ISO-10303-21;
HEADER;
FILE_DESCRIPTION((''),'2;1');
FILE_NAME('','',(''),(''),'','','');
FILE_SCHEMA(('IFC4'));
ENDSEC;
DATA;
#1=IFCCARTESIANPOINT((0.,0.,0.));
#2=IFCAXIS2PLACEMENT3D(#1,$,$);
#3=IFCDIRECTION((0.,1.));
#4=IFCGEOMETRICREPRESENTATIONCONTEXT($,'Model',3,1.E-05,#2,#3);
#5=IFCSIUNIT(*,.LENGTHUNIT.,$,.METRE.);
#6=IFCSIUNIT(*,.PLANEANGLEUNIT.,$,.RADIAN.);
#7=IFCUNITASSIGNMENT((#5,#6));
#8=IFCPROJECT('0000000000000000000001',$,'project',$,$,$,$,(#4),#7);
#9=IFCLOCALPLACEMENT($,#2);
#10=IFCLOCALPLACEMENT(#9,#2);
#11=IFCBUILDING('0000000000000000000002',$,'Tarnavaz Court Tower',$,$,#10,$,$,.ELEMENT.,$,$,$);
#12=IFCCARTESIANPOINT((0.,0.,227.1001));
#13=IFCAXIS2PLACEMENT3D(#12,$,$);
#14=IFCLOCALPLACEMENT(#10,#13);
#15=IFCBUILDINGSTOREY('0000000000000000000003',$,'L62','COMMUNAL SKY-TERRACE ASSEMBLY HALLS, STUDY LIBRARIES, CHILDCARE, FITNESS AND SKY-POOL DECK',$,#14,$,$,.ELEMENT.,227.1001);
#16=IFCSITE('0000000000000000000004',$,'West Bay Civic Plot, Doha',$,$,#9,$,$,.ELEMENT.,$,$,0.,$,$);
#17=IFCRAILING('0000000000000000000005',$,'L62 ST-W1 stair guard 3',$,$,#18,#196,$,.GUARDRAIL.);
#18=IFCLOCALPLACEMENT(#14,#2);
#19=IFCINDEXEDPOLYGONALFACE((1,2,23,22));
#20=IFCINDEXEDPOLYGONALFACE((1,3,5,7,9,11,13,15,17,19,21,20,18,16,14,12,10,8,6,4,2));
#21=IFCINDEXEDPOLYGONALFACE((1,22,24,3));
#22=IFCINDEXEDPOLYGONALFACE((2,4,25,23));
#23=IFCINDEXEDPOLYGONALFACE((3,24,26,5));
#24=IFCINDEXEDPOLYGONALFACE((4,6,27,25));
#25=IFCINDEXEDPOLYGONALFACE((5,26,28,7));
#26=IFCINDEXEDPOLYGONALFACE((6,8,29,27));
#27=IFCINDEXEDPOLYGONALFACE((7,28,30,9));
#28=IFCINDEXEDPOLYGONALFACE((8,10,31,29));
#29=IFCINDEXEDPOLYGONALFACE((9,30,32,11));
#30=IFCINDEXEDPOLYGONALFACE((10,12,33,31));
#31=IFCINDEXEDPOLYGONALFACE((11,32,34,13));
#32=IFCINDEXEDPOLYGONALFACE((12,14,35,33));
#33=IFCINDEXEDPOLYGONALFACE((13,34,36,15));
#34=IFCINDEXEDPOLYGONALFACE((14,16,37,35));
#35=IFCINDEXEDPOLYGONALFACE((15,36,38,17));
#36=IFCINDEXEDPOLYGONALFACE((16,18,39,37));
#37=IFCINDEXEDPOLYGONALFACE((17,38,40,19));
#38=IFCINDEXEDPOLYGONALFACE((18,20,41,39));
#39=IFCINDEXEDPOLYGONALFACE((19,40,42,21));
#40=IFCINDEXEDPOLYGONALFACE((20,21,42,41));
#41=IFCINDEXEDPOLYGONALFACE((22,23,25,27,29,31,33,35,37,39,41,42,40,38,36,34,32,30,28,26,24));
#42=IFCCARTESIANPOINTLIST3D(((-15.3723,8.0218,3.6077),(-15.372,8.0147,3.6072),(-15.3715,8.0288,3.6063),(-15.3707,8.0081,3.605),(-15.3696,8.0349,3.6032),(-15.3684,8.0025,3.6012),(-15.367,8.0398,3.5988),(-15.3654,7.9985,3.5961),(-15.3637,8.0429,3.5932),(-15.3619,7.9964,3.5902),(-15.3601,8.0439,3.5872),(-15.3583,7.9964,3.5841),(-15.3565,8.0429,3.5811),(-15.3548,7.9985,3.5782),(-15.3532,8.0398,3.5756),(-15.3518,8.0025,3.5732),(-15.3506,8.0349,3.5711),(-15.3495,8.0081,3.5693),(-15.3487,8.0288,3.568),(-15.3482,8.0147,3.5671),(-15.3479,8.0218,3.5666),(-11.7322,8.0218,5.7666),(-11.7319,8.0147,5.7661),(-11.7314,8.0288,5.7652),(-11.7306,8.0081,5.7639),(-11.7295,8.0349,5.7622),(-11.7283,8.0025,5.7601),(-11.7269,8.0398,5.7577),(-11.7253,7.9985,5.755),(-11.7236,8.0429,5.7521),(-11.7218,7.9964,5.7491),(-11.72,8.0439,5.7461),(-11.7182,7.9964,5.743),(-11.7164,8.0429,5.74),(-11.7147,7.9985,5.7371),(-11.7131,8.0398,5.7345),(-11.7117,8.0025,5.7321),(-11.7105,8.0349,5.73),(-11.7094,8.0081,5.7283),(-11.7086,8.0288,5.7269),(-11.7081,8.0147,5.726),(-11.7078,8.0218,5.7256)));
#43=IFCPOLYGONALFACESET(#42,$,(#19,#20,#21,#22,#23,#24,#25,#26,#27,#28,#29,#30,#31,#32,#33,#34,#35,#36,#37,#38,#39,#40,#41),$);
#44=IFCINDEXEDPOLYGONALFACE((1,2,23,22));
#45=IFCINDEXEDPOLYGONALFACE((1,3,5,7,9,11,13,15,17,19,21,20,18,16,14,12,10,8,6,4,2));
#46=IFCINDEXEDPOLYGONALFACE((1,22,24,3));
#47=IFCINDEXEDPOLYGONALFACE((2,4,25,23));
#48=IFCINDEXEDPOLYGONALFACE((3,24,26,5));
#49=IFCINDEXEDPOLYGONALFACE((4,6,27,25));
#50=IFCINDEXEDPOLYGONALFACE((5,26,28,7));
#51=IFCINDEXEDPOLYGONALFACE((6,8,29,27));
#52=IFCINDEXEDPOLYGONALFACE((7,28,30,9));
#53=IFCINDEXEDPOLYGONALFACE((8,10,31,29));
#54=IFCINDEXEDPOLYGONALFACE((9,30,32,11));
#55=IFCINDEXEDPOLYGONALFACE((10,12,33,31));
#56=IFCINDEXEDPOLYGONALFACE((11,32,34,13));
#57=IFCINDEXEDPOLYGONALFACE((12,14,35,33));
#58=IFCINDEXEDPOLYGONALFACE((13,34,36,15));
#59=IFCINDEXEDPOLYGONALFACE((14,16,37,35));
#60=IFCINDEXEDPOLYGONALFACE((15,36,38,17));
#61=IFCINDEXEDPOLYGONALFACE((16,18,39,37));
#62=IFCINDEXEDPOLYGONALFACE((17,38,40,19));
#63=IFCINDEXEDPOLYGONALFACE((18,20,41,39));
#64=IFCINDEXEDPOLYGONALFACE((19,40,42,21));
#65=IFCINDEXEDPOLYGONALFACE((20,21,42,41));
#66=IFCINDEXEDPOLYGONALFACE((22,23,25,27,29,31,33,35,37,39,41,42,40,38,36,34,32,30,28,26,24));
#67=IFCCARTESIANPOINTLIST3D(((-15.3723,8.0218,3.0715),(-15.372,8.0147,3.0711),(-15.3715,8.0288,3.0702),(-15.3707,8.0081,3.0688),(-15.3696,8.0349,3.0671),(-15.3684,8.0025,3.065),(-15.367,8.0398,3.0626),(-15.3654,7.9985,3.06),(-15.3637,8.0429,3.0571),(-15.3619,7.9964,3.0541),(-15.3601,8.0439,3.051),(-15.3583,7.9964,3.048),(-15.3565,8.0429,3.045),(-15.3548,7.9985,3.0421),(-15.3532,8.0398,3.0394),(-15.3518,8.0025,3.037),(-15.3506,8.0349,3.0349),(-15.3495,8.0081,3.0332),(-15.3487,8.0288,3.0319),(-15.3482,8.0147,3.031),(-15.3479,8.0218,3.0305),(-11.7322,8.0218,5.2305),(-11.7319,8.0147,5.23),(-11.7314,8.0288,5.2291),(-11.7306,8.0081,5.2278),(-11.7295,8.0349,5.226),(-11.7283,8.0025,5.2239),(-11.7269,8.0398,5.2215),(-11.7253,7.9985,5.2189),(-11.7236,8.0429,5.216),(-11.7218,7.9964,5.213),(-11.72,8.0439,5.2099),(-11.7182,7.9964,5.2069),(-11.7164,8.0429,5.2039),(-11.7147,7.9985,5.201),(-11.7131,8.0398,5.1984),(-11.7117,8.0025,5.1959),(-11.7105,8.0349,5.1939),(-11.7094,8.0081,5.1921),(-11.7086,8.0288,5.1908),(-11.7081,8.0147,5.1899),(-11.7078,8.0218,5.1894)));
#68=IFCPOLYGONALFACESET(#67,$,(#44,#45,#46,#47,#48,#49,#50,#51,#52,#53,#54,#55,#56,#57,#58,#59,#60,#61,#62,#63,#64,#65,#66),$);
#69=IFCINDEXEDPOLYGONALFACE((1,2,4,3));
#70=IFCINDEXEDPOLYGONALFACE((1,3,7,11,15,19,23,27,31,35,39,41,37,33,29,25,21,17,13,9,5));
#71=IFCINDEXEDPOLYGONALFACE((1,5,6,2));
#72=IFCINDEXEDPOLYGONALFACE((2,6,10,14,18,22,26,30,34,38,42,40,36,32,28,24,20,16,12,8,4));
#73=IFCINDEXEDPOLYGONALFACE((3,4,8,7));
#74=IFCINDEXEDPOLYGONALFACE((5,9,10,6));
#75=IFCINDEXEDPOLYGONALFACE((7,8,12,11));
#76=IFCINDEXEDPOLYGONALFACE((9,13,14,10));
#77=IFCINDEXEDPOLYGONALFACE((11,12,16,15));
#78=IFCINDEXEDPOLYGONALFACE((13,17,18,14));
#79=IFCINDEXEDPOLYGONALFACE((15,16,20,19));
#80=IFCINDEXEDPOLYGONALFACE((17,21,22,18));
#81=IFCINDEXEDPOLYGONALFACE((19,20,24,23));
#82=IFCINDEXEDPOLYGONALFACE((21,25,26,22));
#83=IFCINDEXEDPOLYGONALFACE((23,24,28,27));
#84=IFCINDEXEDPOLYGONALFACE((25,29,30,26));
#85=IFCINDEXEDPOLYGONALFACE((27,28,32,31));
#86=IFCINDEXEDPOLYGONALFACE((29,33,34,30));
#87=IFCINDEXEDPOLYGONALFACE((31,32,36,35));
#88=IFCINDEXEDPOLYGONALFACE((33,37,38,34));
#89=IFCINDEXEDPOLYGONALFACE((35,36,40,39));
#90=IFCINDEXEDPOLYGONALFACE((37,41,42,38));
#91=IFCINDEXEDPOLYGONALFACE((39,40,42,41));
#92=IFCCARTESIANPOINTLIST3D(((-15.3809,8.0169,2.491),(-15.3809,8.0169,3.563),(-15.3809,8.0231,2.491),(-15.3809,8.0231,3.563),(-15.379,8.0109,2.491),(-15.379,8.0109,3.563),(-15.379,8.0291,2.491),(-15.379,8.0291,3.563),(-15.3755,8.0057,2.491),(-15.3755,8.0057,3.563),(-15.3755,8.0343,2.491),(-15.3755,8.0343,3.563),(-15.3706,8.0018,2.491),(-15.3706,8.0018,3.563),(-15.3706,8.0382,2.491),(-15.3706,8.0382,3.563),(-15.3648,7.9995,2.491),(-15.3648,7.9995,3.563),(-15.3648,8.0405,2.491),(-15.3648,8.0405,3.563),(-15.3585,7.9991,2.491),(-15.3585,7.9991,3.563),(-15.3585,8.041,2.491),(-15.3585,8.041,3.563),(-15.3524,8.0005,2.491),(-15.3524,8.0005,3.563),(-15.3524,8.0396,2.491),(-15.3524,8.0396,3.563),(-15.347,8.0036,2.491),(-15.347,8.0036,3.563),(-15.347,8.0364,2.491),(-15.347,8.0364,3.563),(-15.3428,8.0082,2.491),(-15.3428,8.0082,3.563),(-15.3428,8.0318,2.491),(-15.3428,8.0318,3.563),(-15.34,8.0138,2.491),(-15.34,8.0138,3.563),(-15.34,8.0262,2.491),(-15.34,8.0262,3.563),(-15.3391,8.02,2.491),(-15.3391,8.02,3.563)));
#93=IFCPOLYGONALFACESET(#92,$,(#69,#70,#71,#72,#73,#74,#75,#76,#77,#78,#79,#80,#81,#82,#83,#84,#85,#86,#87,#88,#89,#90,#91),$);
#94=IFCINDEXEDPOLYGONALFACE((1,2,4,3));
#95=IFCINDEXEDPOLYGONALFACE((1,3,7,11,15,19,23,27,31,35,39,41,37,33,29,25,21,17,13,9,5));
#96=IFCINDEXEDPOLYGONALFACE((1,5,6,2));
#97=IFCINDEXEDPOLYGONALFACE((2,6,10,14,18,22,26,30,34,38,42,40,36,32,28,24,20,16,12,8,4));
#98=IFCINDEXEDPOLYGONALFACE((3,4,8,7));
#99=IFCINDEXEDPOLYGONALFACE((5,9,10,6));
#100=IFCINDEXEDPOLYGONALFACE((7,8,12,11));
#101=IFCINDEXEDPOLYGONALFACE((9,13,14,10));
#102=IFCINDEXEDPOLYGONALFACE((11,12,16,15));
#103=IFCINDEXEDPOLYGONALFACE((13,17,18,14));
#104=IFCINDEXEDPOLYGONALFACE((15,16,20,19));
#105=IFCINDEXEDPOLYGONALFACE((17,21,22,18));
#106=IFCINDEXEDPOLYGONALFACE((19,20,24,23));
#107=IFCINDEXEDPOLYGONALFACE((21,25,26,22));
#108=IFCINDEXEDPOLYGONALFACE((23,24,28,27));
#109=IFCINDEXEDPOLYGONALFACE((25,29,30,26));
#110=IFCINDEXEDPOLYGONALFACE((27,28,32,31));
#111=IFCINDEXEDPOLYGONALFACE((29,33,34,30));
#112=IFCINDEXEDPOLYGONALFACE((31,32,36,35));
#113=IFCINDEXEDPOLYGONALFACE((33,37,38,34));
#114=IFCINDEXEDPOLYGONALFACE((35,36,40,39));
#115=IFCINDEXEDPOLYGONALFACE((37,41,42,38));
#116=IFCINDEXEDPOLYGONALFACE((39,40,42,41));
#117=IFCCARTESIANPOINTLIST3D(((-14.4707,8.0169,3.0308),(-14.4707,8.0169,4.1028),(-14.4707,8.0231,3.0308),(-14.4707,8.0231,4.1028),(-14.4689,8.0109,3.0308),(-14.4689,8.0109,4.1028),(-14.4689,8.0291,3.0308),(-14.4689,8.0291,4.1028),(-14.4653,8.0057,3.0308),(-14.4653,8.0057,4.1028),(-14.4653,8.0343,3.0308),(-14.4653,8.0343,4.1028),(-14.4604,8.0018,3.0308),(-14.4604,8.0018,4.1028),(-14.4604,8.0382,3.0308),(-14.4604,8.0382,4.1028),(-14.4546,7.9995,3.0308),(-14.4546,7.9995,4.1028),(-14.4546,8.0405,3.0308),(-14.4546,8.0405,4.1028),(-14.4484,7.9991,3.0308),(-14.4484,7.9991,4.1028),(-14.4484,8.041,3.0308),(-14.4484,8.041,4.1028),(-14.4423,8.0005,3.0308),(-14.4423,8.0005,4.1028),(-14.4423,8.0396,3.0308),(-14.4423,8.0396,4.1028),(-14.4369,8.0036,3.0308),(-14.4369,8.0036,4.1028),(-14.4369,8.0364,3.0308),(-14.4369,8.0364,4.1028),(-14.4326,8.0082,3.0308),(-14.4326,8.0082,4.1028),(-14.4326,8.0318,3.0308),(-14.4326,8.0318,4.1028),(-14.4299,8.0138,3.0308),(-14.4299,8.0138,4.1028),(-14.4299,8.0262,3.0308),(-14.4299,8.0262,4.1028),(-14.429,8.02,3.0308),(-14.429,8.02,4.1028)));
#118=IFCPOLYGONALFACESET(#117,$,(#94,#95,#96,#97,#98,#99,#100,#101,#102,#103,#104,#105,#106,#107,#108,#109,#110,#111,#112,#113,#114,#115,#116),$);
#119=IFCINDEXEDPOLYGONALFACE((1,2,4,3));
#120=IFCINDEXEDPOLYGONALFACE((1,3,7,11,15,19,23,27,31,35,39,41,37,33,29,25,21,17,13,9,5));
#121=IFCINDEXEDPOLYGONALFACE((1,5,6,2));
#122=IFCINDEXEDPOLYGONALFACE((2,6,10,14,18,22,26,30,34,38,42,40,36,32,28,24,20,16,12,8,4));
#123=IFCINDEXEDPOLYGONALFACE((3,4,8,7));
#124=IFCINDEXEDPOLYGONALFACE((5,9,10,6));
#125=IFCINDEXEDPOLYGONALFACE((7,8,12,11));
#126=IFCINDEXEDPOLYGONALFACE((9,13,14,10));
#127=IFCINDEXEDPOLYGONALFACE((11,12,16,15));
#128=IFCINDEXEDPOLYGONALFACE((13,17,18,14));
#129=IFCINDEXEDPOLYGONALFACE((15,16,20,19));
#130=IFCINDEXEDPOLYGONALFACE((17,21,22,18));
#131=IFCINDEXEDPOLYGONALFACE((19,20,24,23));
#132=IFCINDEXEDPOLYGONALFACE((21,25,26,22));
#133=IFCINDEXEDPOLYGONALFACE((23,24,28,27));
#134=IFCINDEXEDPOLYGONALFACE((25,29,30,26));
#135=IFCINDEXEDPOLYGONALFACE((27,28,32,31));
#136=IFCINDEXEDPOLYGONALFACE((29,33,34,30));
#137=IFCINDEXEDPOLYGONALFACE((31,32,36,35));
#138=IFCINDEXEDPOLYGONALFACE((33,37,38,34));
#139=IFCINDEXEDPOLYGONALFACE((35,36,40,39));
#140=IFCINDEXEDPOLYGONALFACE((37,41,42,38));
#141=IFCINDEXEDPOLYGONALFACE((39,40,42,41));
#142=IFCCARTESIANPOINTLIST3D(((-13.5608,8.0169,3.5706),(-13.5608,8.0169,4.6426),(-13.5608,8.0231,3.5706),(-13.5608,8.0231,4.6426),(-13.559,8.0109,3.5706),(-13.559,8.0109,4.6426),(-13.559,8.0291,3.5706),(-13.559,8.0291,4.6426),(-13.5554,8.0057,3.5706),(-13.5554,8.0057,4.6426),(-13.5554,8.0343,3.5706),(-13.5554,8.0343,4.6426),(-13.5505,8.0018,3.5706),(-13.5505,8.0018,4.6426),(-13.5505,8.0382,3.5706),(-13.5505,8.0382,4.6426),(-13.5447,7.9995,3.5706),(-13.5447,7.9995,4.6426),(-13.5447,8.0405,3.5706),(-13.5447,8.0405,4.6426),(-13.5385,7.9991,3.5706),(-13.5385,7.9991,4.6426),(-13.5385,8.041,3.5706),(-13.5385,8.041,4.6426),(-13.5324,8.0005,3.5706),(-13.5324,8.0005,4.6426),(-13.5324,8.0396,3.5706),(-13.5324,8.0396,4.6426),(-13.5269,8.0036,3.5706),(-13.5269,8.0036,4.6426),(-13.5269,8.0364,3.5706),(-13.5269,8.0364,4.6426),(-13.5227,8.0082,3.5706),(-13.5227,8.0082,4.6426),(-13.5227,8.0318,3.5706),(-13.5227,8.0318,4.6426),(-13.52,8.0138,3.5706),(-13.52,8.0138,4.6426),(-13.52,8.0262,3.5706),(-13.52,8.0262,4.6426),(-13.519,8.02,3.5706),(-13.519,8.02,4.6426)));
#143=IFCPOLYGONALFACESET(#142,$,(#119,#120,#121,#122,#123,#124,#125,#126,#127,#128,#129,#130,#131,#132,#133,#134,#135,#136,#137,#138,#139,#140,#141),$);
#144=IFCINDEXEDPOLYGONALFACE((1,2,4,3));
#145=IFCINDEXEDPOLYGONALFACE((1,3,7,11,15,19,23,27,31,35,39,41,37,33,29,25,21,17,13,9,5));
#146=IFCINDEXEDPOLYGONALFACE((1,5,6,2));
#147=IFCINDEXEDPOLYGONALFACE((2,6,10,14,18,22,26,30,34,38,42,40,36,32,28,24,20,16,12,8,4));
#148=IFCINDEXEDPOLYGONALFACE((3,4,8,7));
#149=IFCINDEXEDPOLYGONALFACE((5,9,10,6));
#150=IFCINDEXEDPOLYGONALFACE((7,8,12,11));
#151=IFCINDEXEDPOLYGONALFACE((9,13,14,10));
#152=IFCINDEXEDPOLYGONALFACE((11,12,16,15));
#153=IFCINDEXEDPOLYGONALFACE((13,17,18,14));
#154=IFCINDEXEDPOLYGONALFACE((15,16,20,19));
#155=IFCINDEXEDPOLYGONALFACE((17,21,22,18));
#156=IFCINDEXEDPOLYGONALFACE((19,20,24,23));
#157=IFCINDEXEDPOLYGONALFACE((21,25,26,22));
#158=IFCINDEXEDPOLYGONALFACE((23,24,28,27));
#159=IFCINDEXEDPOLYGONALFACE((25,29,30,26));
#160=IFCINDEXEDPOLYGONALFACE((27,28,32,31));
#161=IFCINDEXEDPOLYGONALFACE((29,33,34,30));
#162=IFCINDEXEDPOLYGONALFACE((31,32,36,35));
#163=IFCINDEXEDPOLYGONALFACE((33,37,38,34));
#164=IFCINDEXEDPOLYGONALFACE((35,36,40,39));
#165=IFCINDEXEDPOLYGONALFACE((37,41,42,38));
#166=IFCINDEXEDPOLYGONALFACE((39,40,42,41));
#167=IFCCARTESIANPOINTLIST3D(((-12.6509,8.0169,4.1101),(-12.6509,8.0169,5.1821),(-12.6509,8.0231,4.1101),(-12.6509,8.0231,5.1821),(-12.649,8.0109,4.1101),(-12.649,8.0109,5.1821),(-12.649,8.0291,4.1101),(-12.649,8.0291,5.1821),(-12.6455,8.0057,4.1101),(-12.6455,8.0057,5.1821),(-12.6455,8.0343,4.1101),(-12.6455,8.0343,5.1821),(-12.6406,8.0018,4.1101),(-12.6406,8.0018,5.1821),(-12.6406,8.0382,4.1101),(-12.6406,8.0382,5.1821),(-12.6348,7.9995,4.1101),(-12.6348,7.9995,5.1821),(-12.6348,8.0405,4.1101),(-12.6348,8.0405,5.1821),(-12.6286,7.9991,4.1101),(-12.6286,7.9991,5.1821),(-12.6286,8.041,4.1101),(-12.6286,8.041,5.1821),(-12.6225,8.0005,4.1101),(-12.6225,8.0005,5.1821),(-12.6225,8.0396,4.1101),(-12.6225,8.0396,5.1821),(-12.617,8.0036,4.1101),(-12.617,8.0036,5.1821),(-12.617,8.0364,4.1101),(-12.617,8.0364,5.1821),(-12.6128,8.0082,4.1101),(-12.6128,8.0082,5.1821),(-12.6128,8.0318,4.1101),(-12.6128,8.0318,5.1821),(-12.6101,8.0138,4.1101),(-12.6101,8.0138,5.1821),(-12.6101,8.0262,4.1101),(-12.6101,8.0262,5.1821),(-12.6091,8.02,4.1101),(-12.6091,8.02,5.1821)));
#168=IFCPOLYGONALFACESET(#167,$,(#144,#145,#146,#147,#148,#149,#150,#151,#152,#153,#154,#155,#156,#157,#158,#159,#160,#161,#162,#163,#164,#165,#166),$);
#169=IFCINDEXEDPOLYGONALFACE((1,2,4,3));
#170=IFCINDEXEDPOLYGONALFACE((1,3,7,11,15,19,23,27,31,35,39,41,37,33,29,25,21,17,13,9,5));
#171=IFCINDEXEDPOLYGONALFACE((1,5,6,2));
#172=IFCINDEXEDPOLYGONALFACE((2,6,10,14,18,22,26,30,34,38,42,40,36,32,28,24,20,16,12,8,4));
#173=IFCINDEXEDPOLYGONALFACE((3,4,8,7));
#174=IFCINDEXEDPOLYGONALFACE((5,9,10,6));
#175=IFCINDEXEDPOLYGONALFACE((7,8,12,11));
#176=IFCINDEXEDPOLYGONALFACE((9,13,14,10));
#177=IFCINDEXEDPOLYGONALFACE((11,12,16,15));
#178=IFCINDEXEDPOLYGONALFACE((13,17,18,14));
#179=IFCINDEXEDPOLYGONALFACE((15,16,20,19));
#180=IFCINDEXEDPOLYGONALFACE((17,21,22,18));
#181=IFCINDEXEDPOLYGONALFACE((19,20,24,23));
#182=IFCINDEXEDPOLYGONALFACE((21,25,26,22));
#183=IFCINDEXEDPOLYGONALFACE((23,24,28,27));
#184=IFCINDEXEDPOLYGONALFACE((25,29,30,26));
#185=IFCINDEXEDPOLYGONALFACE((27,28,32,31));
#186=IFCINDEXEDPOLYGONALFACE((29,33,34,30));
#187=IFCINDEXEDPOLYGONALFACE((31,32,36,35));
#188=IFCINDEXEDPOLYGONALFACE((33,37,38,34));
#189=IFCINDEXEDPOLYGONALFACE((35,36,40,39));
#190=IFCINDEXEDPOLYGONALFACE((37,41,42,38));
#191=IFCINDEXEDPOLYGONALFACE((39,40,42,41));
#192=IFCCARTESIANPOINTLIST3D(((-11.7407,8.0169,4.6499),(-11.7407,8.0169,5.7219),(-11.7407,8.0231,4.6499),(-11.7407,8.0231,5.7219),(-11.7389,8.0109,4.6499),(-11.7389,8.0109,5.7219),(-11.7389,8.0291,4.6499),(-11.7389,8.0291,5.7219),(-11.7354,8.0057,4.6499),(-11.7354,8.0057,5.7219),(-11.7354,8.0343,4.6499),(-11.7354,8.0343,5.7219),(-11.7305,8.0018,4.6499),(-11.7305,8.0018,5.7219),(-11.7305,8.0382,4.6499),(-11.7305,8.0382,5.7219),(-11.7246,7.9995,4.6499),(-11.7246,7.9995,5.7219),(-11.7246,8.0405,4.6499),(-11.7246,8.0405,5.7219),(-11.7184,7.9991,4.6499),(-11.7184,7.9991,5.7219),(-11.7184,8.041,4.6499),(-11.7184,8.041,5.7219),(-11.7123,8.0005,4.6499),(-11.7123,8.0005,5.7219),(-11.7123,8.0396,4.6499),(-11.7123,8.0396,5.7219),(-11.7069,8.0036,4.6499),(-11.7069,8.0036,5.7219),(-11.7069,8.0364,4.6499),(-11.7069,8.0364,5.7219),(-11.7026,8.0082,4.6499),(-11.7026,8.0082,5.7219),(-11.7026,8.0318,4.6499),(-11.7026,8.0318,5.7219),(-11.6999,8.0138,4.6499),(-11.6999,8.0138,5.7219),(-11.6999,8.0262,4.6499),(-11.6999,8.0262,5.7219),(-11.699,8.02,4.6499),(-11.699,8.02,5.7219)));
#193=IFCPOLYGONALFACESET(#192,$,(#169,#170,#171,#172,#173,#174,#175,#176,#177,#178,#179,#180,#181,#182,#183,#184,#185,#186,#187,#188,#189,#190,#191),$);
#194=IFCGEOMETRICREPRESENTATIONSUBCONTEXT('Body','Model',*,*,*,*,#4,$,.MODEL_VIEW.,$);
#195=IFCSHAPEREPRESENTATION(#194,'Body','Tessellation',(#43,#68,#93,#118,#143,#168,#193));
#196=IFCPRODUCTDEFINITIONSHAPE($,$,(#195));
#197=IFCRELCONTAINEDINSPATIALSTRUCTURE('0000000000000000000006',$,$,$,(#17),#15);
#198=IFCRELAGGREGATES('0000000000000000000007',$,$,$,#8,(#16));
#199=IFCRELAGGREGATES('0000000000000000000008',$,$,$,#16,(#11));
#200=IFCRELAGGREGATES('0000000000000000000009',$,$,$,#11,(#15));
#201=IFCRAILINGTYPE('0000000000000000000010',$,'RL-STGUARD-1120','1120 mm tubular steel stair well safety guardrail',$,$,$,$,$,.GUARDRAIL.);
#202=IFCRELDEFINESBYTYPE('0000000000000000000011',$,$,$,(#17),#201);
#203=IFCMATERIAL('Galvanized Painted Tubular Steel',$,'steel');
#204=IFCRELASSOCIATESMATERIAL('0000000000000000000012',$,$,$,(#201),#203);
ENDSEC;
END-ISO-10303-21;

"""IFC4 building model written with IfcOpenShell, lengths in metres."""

from ifc_helpers import new_model, si_unit, direction, frame, origin, origin_2d, place, context, subcontext, project, spatial, circle, extrude, material, type_object, element, save


model = new_model("IFC4")

# Units and contexts
model_context = context("Model", 3, precision=1e-05, world=origin(), true_north=direction((0.0, 1.0)))
body_context = subcontext(model_context, "Body", "Model", "MODEL_VIEW")
ifc_project = project(units=[si_unit("LENGTHUNIT", "METRE"), si_unit("PLANEANGLEUNIT", "RADIAN")], contexts=[model_context])

# Site, building, storey
site_placement = place(None, origin())
site = spatial("IfcSite", under=ifc_project, at=site_placement, Name="West Bay Civic Plot, Doha", CompositionType="ELEMENT", RefElevation=0.0)
building_placement = place(site_placement, origin())
building = spatial("IfcBuilding", under=site, at=building_placement, Name="Tarnavaz Court Tower", CompositionType="ELEMENT")
storey_placement = place(building_placement, frame((0.0, 0.0, 227.1001)))
storey = spatial("IfcBuildingStorey", under=building, at=storey_placement, Name="L62", Description="COMMUNAL SKY-TERRACE ASSEMBLY HALLS, STUDY LIBRARIES, CHILDCARE, FITNESS AND SKY-POOL DECK", CompositionType="ELEMENT", Elevation=227.1001)

# Railing
ifc_material_1 = material(Name="Galvanized Painted Tubular Steel", Category="steel")
railing_type_1 = type_object("IfcRailingType", Name="RL-STGUARD-1120", Description="1120 mm tubular steel stair well safety guardrail", PredefinedType="GUARDRAIL", material=ifc_material_1)
railing_1_placement = place(storey_placement, frame((-15.3601, 8.02, 2.491)))
element("IfcRailing", 1, at=railing_1_placement, inside=storey, type_object=railing_type_1, Name="L62 ST-W1 stair guard 3", PredefinedType="GUARDRAIL", context=body_context, shape_type="SweptSolid", body=[
    extrude(circle(Radius=0.0239, at=origin_2d()), frame((0.0, 0.0, 1.0962), z_axis=(0.860103, 0.0, 0.51012), x_axis=(0.0, 1.0, 0.0)), (0.0, 0.0, 1.0), 4.2322),
    extrude(circle(Radius=0.0239, at=origin_2d()), frame((0.0, 0.0, 0.5601), z_axis=(0.860103, 0.0, 0.51012), x_axis=(0.0, 1.0, 0.0)), (0.0, 0.0, 1.0), 4.2322),
    extrude(circle(Radius=0.021, at=origin_2d()), origin(), (0.0, 0.0, 1.0), 1.072),
    extrude(circle(Radius=0.021, at=origin_2d()), frame((0.9102, 0.0, 0.5398)), (0.0, 0.0, 1.0), 1.072),
    extrude(circle(Radius=0.021, at=origin_2d()), frame((1.8201, 0.0, 1.0796)), (0.0, 0.0, 1.0), 1.072),
    extrude(circle(Radius=0.021, at=origin_2d()), frame((2.73, 0.0, 1.6191)), (0.0, 0.0, 1.0), 1.072),
    extrude(circle(Radius=0.021, at=origin_2d()), frame((3.6401, 0.0, 2.1589)), (0.0, 0.0, 1.0), 1.072),
])

save(model, "model.ifc")
